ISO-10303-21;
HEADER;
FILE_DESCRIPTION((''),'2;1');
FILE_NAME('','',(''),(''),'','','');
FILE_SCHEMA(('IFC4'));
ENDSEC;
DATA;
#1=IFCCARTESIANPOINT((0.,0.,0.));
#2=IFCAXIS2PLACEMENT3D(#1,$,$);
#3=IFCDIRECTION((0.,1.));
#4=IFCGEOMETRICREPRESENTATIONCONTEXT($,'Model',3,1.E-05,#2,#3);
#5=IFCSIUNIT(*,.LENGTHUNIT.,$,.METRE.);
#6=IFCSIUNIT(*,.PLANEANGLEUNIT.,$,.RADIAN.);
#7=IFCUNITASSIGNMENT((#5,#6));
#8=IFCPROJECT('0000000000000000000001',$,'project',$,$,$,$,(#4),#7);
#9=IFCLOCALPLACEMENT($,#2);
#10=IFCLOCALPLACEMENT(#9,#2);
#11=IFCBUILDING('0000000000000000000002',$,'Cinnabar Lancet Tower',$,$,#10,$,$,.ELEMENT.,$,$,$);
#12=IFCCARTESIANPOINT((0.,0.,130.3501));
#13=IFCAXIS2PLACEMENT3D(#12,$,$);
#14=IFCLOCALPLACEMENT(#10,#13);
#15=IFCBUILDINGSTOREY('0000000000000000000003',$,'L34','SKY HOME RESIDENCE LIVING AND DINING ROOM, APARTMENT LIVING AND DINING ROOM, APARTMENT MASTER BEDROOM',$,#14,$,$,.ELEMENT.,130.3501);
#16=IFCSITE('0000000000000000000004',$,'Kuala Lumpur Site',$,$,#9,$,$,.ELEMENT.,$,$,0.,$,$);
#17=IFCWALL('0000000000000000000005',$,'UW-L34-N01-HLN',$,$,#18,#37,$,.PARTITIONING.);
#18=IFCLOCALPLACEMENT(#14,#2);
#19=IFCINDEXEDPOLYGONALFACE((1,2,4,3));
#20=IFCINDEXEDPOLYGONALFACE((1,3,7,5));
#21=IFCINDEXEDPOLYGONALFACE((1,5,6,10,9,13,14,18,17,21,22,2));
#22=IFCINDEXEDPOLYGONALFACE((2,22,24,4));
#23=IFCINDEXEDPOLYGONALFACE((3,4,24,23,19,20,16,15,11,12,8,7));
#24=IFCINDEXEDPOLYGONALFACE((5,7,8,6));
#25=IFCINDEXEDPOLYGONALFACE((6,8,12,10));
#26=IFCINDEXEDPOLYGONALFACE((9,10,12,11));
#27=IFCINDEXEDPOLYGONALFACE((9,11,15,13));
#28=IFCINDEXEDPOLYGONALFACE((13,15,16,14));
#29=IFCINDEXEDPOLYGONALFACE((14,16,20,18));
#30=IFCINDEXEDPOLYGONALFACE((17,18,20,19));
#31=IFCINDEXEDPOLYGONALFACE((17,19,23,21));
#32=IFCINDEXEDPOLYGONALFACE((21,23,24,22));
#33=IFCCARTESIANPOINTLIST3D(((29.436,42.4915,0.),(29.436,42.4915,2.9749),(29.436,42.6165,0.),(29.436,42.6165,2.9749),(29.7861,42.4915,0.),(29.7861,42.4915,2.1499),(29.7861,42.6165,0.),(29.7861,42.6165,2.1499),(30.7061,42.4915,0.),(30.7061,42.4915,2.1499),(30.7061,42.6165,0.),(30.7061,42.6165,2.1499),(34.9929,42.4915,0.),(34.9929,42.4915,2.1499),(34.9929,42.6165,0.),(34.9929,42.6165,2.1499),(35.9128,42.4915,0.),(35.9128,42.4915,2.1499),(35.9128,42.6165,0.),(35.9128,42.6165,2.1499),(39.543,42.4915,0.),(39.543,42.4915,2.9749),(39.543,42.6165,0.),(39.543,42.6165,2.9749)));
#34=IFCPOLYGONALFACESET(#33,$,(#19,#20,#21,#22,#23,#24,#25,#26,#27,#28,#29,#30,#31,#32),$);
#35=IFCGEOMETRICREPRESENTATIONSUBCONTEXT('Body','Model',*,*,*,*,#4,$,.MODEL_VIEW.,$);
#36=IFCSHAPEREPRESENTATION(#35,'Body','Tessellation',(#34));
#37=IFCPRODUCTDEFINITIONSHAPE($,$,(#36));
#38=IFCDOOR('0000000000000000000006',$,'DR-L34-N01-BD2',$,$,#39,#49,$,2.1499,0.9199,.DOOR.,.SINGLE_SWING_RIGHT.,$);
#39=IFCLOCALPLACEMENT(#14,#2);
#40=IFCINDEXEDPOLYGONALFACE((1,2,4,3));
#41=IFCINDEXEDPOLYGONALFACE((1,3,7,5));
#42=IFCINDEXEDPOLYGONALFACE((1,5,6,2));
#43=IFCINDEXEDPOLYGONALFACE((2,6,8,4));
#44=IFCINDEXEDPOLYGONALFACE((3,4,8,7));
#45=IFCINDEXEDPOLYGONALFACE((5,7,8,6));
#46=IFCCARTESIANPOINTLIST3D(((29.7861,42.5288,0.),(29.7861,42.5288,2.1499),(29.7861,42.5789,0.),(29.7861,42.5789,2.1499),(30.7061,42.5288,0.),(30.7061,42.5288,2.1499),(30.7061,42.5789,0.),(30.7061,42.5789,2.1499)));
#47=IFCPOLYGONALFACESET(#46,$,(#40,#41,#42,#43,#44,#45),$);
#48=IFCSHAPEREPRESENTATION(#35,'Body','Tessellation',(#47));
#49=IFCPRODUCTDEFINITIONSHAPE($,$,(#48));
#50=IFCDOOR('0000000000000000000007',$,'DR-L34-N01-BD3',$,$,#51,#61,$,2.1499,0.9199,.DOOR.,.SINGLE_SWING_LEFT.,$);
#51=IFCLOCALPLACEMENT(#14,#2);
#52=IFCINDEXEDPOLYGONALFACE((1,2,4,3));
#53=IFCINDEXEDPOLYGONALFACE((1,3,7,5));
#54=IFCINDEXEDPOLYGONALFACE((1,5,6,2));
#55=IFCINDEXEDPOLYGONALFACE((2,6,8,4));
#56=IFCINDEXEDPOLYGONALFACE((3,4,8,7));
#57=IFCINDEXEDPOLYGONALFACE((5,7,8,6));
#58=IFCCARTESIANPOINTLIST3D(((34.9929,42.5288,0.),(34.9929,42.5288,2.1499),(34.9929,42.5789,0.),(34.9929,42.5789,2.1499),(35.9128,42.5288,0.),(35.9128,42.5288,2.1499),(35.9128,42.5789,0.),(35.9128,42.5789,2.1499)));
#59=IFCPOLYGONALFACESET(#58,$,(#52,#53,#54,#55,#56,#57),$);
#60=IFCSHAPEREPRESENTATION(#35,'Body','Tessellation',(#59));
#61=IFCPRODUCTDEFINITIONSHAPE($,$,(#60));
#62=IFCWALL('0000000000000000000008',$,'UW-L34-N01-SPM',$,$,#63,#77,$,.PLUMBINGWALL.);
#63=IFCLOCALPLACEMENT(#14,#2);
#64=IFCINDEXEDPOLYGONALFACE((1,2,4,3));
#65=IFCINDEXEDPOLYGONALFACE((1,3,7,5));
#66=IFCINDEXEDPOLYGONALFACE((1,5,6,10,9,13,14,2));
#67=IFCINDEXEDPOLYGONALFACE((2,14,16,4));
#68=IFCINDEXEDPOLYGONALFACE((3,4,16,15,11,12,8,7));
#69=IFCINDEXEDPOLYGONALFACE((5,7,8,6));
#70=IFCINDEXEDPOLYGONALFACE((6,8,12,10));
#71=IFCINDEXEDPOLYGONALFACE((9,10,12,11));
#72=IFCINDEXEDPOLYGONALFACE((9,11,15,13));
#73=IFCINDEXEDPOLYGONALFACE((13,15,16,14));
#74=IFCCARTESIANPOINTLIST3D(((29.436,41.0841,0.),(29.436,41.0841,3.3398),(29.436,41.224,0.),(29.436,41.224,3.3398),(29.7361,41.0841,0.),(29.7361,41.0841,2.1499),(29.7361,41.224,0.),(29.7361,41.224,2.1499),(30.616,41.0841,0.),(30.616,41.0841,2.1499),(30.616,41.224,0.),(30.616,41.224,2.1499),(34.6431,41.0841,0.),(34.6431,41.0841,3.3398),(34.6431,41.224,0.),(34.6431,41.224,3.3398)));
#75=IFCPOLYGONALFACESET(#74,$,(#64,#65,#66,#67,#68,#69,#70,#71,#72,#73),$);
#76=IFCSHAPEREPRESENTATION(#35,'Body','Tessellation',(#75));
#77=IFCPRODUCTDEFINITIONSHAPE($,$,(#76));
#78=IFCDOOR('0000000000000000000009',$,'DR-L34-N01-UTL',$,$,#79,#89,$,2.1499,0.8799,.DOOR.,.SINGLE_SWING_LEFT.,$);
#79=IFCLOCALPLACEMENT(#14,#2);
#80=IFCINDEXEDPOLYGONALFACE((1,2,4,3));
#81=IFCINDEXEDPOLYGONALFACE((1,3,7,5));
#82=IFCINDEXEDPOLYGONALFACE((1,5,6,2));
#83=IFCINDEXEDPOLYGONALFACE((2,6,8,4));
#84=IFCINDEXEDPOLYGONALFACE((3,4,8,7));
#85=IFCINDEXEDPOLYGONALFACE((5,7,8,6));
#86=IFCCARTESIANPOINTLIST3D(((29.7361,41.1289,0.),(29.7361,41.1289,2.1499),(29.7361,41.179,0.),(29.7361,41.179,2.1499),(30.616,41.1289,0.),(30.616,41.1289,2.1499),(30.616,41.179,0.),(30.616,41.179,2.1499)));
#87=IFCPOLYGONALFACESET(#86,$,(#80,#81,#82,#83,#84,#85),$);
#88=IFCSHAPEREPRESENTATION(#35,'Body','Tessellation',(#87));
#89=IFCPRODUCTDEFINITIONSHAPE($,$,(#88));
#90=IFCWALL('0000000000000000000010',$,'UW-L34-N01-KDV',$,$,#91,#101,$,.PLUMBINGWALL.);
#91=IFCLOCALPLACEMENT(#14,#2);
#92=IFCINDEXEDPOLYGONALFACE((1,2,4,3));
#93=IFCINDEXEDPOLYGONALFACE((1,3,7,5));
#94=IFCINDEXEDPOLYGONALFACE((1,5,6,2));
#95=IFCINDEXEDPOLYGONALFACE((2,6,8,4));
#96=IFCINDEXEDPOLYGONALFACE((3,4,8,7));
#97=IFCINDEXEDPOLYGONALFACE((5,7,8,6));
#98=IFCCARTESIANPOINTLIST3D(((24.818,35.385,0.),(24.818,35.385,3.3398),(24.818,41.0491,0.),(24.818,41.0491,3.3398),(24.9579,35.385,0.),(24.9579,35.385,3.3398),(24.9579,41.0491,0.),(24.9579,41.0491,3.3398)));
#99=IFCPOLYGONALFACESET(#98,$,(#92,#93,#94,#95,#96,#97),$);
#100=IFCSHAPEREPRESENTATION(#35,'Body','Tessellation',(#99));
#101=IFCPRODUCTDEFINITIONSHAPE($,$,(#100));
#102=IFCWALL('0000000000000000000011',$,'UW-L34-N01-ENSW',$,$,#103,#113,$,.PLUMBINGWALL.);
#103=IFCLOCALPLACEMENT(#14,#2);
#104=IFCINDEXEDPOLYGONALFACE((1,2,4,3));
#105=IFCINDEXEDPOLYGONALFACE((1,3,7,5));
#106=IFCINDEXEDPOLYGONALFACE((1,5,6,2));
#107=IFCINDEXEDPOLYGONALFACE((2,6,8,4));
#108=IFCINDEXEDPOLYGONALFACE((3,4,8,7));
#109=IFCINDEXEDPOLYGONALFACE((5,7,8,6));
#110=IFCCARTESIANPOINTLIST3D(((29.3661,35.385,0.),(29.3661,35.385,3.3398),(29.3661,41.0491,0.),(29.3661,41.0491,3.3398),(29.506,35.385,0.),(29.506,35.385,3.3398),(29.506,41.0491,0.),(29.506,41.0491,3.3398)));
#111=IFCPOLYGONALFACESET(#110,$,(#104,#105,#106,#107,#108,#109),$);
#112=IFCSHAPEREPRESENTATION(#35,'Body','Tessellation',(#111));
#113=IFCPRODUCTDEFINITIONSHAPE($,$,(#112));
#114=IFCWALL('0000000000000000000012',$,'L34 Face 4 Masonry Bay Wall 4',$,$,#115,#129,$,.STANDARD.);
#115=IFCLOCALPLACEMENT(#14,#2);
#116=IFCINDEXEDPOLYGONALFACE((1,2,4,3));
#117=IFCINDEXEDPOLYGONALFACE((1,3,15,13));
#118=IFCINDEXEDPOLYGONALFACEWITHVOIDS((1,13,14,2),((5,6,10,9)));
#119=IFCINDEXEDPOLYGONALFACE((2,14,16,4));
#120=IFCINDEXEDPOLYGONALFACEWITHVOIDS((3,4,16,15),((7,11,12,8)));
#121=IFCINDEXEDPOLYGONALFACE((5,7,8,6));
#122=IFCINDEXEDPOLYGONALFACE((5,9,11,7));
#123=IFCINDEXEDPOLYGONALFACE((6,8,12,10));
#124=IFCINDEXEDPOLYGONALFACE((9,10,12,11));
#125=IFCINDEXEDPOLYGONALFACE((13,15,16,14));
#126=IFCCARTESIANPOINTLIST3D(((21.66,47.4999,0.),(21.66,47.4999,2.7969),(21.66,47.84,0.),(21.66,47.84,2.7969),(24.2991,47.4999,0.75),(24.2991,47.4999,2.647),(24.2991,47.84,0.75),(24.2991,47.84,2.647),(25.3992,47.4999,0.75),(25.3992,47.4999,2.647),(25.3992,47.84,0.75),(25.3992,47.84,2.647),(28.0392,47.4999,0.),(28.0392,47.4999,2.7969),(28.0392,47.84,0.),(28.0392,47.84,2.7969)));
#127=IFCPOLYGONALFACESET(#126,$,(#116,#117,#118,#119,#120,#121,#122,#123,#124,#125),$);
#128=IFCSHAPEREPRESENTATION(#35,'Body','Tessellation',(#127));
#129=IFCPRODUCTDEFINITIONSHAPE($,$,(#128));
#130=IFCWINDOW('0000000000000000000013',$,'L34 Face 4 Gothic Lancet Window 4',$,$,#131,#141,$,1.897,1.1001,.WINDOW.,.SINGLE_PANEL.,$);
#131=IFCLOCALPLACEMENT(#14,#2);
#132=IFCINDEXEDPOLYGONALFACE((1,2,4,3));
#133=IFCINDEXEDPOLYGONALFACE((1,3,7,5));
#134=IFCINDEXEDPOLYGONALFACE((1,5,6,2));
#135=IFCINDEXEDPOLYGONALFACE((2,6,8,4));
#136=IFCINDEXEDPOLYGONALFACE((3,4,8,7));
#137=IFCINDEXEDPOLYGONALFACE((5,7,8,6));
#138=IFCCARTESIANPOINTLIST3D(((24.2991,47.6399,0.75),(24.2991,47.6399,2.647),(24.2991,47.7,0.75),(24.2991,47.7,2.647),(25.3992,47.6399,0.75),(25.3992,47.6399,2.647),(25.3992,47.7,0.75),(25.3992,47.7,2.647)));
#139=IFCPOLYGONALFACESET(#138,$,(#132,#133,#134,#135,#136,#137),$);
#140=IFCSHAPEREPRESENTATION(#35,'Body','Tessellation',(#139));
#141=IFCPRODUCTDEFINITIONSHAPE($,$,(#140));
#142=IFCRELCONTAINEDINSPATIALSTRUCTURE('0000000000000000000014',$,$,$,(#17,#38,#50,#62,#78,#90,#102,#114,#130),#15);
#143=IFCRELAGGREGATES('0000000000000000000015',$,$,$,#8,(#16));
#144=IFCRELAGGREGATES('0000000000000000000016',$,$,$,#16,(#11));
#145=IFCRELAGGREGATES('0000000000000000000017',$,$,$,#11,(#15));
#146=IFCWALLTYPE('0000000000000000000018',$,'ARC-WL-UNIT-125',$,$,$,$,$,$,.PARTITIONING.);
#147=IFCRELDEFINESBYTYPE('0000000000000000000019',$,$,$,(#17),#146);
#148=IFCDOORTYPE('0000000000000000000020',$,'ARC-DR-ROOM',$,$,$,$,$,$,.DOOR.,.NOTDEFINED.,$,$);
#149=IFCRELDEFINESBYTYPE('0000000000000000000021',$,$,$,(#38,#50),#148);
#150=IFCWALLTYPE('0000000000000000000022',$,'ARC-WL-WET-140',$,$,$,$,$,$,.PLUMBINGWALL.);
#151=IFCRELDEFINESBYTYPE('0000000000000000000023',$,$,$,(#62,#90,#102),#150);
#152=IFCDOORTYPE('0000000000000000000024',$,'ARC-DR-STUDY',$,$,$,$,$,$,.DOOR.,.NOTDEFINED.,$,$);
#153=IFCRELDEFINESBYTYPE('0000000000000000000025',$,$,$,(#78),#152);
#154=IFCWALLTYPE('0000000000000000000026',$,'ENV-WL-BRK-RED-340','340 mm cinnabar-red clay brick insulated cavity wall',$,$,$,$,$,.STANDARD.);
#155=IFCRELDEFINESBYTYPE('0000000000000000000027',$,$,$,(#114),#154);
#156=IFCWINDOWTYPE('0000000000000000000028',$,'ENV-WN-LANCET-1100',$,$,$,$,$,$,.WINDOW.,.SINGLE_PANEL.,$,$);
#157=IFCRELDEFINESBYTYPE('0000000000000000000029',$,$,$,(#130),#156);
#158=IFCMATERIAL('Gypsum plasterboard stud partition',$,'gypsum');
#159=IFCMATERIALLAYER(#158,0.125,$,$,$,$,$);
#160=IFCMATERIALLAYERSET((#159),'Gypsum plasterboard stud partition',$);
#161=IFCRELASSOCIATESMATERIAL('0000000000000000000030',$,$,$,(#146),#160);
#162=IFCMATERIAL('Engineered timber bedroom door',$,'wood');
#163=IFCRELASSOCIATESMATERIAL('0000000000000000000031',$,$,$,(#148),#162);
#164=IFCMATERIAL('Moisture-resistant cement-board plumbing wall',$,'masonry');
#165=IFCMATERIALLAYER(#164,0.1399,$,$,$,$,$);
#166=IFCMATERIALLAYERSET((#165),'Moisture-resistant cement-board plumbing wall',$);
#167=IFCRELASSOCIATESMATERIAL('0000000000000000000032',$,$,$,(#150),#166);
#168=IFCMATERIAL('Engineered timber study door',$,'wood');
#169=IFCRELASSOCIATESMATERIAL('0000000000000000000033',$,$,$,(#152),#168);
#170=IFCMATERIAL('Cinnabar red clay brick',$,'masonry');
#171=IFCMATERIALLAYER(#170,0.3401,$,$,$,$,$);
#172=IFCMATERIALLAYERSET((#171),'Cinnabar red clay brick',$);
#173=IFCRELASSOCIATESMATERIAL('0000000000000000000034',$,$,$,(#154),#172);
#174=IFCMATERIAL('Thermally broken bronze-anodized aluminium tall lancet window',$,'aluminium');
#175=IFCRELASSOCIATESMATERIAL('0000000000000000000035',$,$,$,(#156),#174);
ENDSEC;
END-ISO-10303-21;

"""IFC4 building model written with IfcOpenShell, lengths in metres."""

from ifc_helpers import new_model, si_unit, direction, frame, frame_2d, origin, place, context, subcontext, project, spatial, rectangle, extrude, material, layer, layer_set, type_object, element, fill, save


model = new_model("IFC4")

# Units and contexts
model_context = context("Model", 3, precision=1e-05, world=origin(), true_north=direction((0.0, 1.0)))
body_context = subcontext(model_context, "Body", "Model", "MODEL_VIEW")
ifc_project = project(units=[si_unit("LENGTHUNIT", "METRE"), si_unit("PLANEANGLEUNIT", "RADIAN")], contexts=[model_context])

# Site, building, storey
site_placement = place(None, origin())
site = spatial("IfcSite", under=ifc_project, at=site_placement, Name="Kuala Lumpur Site", CompositionType="ELEMENT", RefElevation=0.0)
building_placement = place(site_placement, origin())
building = spatial("IfcBuilding", under=site, at=building_placement, Name="Cinnabar Lancet Tower", CompositionType="ELEMENT")
storey_placement = place(building_placement, frame((0.0, 0.0, 130.3501)))
storey = spatial("IfcBuildingStorey", under=building, at=storey_placement, Name="L34", Description="SKY HOME RESIDENCE LIVING AND DINING ROOM, APARTMENT LIVING AND DINING ROOM, APARTMENT MASTER BEDROOM", CompositionType="ELEMENT", Elevation=130.3501)

# Shared definitions
ifc_material_1 = material(Name="Gypsum plasterboard stud partition", Category="gypsum")
ifc_layer_1 = layer(ifc_material_1, 0.125)
ifc_layer_set_1 = layer_set([ifc_layer_1], Name="Gypsum plasterboard stud partition")
wall_type_1 = type_object("IfcWallType", Name="ARC-WL-UNIT-125", PredefinedType="PARTITIONING", material=ifc_layer_set_1)

# Wall, openings, doors
wall_1_placement = place(storey_placement, frame((29.436, 42.554, 0.0), z_axis=(0.0, 0.0, 1.0), x_axis=(1.0, 0.0, 0.0)))
wall_1 = element("IfcWall", 1, at=wall_1_placement, inside=storey, type_object=wall_type_1, Name="UW-L34-N01-HLN", PredefinedType="PARTITIONING", context=body_context, shape_type="SweptSolid", body=[
    extrude(rectangle(XDim=10.1069, YDim=0.125, at=frame_2d((5.0535, 0.0))), origin(), (0.0, 0.0, 1.0), 2.9749),
])
opening_1_placement = place(wall_1_placement, frame((0.3501, 0.0, 0.0)))
opening_1 = element("IfcOpeningElement", 2, at=opening_1_placement, cuts=wall_1, PredefinedType="OPENING", context=body_context, shape_type="SweptSolid", body=[
    extrude(rectangle(XDim=0.9199, YDim=2.1499, at=frame_2d((0.46, 1.075))), frame((0.0, 0.0725, 0.0), z_axis=(0.0, -1.0, 0.0), x_axis=(1.0, 0.0, 0.0)), (0.0, 0.0, 1.0), 0.145),
])
opening_2_placement = place(wall_1_placement, frame((5.5569, 0.0, 0.0)))
opening_2 = element("IfcOpeningElement", 3, at=opening_2_placement, cuts=wall_1, PredefinedType="OPENING", context=body_context, shape_type="SweptSolid", body=[
    extrude(rectangle(XDim=0.9199, YDim=2.1499, at=frame_2d((0.46, 1.075))), frame((0.0, 0.0725, 0.0), z_axis=(0.0, -1.0, 0.0), x_axis=(1.0, 0.0, 0.0)), (0.0, 0.0, 1.0), 0.145),
])
ifc_material_2 = material(Name="Engineered timber bedroom door", Category="wood")
door_type_1 = type_object("IfcDoorType", Name="ARC-DR-ROOM", OperationType="NOTDEFINED", PredefinedType="DOOR", material=ifc_material_2)
door_1_placement = place(opening_1_placement, origin())
door_1 = element("IfcDoor", 4, at=door_1_placement, inside=storey, type_object=door_type_1, Name="DR-L34-N01-BD2", OperationType="SINGLE_SWING_RIGHT", OverallHeight=2.1499, OverallWidth=0.9199, PredefinedType="DOOR", context=body_context, shape_type="SweptSolid", body=[
    extrude(rectangle(XDim=0.9199, YDim=2.1499, at=frame_2d((0.46, 1.075))), frame((0.0, 0.0249, 0.0), z_axis=(0.0, -1.0, 0.0), x_axis=(1.0, 0.0, 0.0)), (0.0, 0.0, 1.0), 0.05),
])
fill(opening_1, door_1)
door_2_placement = place(opening_2_placement, origin())
door_2 = element("IfcDoor", 5, at=door_2_placement, inside=storey, type_object=door_type_1, Name="DR-L34-N01-BD3", OperationType="SINGLE_SWING_LEFT", OverallHeight=2.1499, OverallWidth=0.9199, PredefinedType="DOOR", context=body_context, shape_type="SweptSolid", body=[
    extrude(rectangle(XDim=0.9199, YDim=2.1499, at=frame_2d((0.46, 1.075))), frame((0.0, 0.0249, 0.0), z_axis=(0.0, -1.0, 0.0), x_axis=(1.0, 0.0, 0.0)), (0.0, 0.0, 1.0), 0.05),
])
fill(opening_2, door_2)
ifc_material_3 = material(Name="Moisture-resistant cement-board plumbing wall", Category="masonry")
ifc_layer_2 = layer(ifc_material_3, 0.1399)
ifc_layer_set_2 = layer_set([ifc_layer_2], Name="Moisture-resistant cement-board plumbing wall")
wall_type_2 = type_object("IfcWallType", Name="ARC-WL-WET-140", PredefinedType="PLUMBINGWALL", material=ifc_layer_set_2)
ifc_material_4 = material(Name="Engineered timber study door", Category="wood")
door_type_2 = type_object("IfcDoorType", Name="ARC-DR-STUDY", OperationType="NOTDEFINED", PredefinedType="DOOR", material=ifc_material_4)

# Wall, opening, door
wall_2_placement = place(storey_placement, frame((29.436, 41.1541, 0.0), z_axis=(0.0, 0.0, 1.0), x_axis=(1.0, 0.0, 0.0)))
wall_2 = element("IfcWall", 6, at=wall_2_placement, inside=storey, type_object=wall_type_2, Name="UW-L34-N01-SPM", PredefinedType="PLUMBINGWALL", context=body_context, shape_type="SweptSolid", body=[
    extrude(rectangle(XDim=5.207, YDim=0.1399, at=frame_2d((2.6035, 0.0))), origin(), (0.0, 0.0, 1.0), 3.3398),
])
opening_3_placement = place(wall_2_placement, frame((0.3, 0.0, 0.0)))
opening_3 = element("IfcOpeningElement", 7, at=opening_3_placement, cuts=wall_2, PredefinedType="OPENING", context=body_context, shape_type="SweptSolid", body=[
    extrude(rectangle(XDim=0.8799, YDim=2.1499, at=frame_2d((0.4399, 1.075))), frame((0.0, 0.0798, 0.0), z_axis=(0.0, -1.0, 0.0), x_axis=(1.0, 0.0, 0.0)), (0.0, 0.0, 1.0), 0.1599),
])
door_3_placement = place(opening_3_placement, origin())
door_3 = element("IfcDoor", 8, at=door_3_placement, inside=storey, type_object=door_type_2, Name="DR-L34-N01-UTL", OperationType="SINGLE_SWING_LEFT", OverallHeight=2.1499, OverallWidth=0.8799, PredefinedType="DOOR", context=body_context, shape_type="SweptSolid", body=[
    extrude(rectangle(XDim=0.8799, YDim=2.1499, at=frame_2d((0.4399, 1.075))), frame((0.0, 0.0249, 0.0), z_axis=(0.0, -1.0, 0.0), x_axis=(1.0, 0.0, 0.0)), (0.0, 0.0, 1.0), 0.05),
])
fill(opening_3, door_3)

# Walls
for number, where, z_axis, x_axis, name in (
    (9, (24.8879, 35.385, 0.0), (0.0, 0.0, 1.0), (0.0, 1.0, 0.0), "UW-L34-N01-KDV"),
    (10, (29.436, 35.385, 0.0), (0.0, 0.0, 1.0), (0.0, 1.0, 0.0), "UW-L34-N01-ENSW"),
):
    element("IfcWall", number, at=place(storey_placement, frame(where, z_axis=z_axis, x_axis=x_axis)), inside=storey, type_object=wall_type_2, Name=name, PredefinedType="PLUMBINGWALL", context=body_context, shape_type="SweptSolid", body=[
        extrude(rectangle(XDim=5.6641, YDim=0.1399, at=frame_2d((2.832, 0.0))), origin(), (0.0, 0.0, 1.0), 3.3398),
    ])

# Wall, opening, window
ifc_material_5 = material(Name="Cinnabar red clay brick", Category="masonry")
ifc_layer_3 = layer(ifc_material_5, 0.3401)
ifc_layer_set_3 = layer_set([ifc_layer_3], Name="Cinnabar red clay brick")
wall_type_3 = type_object("IfcWallType", Name="ENV-WL-BRK-RED-340", Description="340 mm cinnabar-red clay brick insulated cavity wall", PredefinedType="STANDARD", material=ifc_layer_set_3)
wall_3_placement = place(storey_placement, frame((28.0391, 47.6699, 0.0), z_axis=(0.0, 0.0, 1.0), x_axis=(-1.0, 0.0, 0.0)))
wall_3 = element("IfcWall", 11, at=wall_3_placement, inside=storey, type_object=wall_type_3, Name="L34 Face 4 Masonry Bay Wall 4", PredefinedType="STANDARD", context=body_context, shape_type="SweptSolid", body=[
    extrude(rectangle(XDim=6.3792, YDim=0.3401, at=frame_2d((3.1895, 0.0))), origin(), (0.0, 0.0, 1.0), 2.7969),
])
opening_4_placement = place(wall_3_placement, frame((2.6399, 0.0, 0.75)))
opening_4 = element("IfcOpeningElement", 12, at=opening_4_placement, cuts=wall_3, PredefinedType="OPENING", context=body_context, shape_type="SweptSolid", body=[
    extrude(rectangle(XDim=1.1001, YDim=1.897, at=frame_2d((0.55, 0.9485))), frame((0.0, 0.1799, 0.0), z_axis=(0.0, -1.0, 0.0), x_axis=(1.0, 0.0, 0.0)), (0.0, 0.0, 1.0), 0.3601),
])
ifc_material_6 = material(Name="Thermally broken bronze-anodized aluminium tall lancet window", Category="aluminium")
window_type = type_object("IfcWindowType", Name="ENV-WN-LANCET-1100", PartitioningType="SINGLE_PANEL", PredefinedType="WINDOW", material=ifc_material_6)
window_placement = place(opening_4_placement, origin())
window = element("IfcWindow", 13, at=window_placement, inside=storey, type_object=window_type, Name="L34 Face 4 Gothic Lancet Window 4", OverallHeight=1.897, OverallWidth=1.1001, PartitioningType="SINGLE_PANEL", PredefinedType="WINDOW", context=body_context, shape_type="SweptSolid", body=[
    extrude(rectangle(XDim=1.1001, YDim=1.897, at=frame_2d((0.55, 0.9485))), frame((0.0, 0.03, 0.0), z_axis=(0.0, -1.0, 0.0), x_axis=(1.0, 0.0, 0.0)), (0.0, 0.0, 1.0), 0.0601),
])
fill(opening_4, window)

save(model, "model.ifc")
